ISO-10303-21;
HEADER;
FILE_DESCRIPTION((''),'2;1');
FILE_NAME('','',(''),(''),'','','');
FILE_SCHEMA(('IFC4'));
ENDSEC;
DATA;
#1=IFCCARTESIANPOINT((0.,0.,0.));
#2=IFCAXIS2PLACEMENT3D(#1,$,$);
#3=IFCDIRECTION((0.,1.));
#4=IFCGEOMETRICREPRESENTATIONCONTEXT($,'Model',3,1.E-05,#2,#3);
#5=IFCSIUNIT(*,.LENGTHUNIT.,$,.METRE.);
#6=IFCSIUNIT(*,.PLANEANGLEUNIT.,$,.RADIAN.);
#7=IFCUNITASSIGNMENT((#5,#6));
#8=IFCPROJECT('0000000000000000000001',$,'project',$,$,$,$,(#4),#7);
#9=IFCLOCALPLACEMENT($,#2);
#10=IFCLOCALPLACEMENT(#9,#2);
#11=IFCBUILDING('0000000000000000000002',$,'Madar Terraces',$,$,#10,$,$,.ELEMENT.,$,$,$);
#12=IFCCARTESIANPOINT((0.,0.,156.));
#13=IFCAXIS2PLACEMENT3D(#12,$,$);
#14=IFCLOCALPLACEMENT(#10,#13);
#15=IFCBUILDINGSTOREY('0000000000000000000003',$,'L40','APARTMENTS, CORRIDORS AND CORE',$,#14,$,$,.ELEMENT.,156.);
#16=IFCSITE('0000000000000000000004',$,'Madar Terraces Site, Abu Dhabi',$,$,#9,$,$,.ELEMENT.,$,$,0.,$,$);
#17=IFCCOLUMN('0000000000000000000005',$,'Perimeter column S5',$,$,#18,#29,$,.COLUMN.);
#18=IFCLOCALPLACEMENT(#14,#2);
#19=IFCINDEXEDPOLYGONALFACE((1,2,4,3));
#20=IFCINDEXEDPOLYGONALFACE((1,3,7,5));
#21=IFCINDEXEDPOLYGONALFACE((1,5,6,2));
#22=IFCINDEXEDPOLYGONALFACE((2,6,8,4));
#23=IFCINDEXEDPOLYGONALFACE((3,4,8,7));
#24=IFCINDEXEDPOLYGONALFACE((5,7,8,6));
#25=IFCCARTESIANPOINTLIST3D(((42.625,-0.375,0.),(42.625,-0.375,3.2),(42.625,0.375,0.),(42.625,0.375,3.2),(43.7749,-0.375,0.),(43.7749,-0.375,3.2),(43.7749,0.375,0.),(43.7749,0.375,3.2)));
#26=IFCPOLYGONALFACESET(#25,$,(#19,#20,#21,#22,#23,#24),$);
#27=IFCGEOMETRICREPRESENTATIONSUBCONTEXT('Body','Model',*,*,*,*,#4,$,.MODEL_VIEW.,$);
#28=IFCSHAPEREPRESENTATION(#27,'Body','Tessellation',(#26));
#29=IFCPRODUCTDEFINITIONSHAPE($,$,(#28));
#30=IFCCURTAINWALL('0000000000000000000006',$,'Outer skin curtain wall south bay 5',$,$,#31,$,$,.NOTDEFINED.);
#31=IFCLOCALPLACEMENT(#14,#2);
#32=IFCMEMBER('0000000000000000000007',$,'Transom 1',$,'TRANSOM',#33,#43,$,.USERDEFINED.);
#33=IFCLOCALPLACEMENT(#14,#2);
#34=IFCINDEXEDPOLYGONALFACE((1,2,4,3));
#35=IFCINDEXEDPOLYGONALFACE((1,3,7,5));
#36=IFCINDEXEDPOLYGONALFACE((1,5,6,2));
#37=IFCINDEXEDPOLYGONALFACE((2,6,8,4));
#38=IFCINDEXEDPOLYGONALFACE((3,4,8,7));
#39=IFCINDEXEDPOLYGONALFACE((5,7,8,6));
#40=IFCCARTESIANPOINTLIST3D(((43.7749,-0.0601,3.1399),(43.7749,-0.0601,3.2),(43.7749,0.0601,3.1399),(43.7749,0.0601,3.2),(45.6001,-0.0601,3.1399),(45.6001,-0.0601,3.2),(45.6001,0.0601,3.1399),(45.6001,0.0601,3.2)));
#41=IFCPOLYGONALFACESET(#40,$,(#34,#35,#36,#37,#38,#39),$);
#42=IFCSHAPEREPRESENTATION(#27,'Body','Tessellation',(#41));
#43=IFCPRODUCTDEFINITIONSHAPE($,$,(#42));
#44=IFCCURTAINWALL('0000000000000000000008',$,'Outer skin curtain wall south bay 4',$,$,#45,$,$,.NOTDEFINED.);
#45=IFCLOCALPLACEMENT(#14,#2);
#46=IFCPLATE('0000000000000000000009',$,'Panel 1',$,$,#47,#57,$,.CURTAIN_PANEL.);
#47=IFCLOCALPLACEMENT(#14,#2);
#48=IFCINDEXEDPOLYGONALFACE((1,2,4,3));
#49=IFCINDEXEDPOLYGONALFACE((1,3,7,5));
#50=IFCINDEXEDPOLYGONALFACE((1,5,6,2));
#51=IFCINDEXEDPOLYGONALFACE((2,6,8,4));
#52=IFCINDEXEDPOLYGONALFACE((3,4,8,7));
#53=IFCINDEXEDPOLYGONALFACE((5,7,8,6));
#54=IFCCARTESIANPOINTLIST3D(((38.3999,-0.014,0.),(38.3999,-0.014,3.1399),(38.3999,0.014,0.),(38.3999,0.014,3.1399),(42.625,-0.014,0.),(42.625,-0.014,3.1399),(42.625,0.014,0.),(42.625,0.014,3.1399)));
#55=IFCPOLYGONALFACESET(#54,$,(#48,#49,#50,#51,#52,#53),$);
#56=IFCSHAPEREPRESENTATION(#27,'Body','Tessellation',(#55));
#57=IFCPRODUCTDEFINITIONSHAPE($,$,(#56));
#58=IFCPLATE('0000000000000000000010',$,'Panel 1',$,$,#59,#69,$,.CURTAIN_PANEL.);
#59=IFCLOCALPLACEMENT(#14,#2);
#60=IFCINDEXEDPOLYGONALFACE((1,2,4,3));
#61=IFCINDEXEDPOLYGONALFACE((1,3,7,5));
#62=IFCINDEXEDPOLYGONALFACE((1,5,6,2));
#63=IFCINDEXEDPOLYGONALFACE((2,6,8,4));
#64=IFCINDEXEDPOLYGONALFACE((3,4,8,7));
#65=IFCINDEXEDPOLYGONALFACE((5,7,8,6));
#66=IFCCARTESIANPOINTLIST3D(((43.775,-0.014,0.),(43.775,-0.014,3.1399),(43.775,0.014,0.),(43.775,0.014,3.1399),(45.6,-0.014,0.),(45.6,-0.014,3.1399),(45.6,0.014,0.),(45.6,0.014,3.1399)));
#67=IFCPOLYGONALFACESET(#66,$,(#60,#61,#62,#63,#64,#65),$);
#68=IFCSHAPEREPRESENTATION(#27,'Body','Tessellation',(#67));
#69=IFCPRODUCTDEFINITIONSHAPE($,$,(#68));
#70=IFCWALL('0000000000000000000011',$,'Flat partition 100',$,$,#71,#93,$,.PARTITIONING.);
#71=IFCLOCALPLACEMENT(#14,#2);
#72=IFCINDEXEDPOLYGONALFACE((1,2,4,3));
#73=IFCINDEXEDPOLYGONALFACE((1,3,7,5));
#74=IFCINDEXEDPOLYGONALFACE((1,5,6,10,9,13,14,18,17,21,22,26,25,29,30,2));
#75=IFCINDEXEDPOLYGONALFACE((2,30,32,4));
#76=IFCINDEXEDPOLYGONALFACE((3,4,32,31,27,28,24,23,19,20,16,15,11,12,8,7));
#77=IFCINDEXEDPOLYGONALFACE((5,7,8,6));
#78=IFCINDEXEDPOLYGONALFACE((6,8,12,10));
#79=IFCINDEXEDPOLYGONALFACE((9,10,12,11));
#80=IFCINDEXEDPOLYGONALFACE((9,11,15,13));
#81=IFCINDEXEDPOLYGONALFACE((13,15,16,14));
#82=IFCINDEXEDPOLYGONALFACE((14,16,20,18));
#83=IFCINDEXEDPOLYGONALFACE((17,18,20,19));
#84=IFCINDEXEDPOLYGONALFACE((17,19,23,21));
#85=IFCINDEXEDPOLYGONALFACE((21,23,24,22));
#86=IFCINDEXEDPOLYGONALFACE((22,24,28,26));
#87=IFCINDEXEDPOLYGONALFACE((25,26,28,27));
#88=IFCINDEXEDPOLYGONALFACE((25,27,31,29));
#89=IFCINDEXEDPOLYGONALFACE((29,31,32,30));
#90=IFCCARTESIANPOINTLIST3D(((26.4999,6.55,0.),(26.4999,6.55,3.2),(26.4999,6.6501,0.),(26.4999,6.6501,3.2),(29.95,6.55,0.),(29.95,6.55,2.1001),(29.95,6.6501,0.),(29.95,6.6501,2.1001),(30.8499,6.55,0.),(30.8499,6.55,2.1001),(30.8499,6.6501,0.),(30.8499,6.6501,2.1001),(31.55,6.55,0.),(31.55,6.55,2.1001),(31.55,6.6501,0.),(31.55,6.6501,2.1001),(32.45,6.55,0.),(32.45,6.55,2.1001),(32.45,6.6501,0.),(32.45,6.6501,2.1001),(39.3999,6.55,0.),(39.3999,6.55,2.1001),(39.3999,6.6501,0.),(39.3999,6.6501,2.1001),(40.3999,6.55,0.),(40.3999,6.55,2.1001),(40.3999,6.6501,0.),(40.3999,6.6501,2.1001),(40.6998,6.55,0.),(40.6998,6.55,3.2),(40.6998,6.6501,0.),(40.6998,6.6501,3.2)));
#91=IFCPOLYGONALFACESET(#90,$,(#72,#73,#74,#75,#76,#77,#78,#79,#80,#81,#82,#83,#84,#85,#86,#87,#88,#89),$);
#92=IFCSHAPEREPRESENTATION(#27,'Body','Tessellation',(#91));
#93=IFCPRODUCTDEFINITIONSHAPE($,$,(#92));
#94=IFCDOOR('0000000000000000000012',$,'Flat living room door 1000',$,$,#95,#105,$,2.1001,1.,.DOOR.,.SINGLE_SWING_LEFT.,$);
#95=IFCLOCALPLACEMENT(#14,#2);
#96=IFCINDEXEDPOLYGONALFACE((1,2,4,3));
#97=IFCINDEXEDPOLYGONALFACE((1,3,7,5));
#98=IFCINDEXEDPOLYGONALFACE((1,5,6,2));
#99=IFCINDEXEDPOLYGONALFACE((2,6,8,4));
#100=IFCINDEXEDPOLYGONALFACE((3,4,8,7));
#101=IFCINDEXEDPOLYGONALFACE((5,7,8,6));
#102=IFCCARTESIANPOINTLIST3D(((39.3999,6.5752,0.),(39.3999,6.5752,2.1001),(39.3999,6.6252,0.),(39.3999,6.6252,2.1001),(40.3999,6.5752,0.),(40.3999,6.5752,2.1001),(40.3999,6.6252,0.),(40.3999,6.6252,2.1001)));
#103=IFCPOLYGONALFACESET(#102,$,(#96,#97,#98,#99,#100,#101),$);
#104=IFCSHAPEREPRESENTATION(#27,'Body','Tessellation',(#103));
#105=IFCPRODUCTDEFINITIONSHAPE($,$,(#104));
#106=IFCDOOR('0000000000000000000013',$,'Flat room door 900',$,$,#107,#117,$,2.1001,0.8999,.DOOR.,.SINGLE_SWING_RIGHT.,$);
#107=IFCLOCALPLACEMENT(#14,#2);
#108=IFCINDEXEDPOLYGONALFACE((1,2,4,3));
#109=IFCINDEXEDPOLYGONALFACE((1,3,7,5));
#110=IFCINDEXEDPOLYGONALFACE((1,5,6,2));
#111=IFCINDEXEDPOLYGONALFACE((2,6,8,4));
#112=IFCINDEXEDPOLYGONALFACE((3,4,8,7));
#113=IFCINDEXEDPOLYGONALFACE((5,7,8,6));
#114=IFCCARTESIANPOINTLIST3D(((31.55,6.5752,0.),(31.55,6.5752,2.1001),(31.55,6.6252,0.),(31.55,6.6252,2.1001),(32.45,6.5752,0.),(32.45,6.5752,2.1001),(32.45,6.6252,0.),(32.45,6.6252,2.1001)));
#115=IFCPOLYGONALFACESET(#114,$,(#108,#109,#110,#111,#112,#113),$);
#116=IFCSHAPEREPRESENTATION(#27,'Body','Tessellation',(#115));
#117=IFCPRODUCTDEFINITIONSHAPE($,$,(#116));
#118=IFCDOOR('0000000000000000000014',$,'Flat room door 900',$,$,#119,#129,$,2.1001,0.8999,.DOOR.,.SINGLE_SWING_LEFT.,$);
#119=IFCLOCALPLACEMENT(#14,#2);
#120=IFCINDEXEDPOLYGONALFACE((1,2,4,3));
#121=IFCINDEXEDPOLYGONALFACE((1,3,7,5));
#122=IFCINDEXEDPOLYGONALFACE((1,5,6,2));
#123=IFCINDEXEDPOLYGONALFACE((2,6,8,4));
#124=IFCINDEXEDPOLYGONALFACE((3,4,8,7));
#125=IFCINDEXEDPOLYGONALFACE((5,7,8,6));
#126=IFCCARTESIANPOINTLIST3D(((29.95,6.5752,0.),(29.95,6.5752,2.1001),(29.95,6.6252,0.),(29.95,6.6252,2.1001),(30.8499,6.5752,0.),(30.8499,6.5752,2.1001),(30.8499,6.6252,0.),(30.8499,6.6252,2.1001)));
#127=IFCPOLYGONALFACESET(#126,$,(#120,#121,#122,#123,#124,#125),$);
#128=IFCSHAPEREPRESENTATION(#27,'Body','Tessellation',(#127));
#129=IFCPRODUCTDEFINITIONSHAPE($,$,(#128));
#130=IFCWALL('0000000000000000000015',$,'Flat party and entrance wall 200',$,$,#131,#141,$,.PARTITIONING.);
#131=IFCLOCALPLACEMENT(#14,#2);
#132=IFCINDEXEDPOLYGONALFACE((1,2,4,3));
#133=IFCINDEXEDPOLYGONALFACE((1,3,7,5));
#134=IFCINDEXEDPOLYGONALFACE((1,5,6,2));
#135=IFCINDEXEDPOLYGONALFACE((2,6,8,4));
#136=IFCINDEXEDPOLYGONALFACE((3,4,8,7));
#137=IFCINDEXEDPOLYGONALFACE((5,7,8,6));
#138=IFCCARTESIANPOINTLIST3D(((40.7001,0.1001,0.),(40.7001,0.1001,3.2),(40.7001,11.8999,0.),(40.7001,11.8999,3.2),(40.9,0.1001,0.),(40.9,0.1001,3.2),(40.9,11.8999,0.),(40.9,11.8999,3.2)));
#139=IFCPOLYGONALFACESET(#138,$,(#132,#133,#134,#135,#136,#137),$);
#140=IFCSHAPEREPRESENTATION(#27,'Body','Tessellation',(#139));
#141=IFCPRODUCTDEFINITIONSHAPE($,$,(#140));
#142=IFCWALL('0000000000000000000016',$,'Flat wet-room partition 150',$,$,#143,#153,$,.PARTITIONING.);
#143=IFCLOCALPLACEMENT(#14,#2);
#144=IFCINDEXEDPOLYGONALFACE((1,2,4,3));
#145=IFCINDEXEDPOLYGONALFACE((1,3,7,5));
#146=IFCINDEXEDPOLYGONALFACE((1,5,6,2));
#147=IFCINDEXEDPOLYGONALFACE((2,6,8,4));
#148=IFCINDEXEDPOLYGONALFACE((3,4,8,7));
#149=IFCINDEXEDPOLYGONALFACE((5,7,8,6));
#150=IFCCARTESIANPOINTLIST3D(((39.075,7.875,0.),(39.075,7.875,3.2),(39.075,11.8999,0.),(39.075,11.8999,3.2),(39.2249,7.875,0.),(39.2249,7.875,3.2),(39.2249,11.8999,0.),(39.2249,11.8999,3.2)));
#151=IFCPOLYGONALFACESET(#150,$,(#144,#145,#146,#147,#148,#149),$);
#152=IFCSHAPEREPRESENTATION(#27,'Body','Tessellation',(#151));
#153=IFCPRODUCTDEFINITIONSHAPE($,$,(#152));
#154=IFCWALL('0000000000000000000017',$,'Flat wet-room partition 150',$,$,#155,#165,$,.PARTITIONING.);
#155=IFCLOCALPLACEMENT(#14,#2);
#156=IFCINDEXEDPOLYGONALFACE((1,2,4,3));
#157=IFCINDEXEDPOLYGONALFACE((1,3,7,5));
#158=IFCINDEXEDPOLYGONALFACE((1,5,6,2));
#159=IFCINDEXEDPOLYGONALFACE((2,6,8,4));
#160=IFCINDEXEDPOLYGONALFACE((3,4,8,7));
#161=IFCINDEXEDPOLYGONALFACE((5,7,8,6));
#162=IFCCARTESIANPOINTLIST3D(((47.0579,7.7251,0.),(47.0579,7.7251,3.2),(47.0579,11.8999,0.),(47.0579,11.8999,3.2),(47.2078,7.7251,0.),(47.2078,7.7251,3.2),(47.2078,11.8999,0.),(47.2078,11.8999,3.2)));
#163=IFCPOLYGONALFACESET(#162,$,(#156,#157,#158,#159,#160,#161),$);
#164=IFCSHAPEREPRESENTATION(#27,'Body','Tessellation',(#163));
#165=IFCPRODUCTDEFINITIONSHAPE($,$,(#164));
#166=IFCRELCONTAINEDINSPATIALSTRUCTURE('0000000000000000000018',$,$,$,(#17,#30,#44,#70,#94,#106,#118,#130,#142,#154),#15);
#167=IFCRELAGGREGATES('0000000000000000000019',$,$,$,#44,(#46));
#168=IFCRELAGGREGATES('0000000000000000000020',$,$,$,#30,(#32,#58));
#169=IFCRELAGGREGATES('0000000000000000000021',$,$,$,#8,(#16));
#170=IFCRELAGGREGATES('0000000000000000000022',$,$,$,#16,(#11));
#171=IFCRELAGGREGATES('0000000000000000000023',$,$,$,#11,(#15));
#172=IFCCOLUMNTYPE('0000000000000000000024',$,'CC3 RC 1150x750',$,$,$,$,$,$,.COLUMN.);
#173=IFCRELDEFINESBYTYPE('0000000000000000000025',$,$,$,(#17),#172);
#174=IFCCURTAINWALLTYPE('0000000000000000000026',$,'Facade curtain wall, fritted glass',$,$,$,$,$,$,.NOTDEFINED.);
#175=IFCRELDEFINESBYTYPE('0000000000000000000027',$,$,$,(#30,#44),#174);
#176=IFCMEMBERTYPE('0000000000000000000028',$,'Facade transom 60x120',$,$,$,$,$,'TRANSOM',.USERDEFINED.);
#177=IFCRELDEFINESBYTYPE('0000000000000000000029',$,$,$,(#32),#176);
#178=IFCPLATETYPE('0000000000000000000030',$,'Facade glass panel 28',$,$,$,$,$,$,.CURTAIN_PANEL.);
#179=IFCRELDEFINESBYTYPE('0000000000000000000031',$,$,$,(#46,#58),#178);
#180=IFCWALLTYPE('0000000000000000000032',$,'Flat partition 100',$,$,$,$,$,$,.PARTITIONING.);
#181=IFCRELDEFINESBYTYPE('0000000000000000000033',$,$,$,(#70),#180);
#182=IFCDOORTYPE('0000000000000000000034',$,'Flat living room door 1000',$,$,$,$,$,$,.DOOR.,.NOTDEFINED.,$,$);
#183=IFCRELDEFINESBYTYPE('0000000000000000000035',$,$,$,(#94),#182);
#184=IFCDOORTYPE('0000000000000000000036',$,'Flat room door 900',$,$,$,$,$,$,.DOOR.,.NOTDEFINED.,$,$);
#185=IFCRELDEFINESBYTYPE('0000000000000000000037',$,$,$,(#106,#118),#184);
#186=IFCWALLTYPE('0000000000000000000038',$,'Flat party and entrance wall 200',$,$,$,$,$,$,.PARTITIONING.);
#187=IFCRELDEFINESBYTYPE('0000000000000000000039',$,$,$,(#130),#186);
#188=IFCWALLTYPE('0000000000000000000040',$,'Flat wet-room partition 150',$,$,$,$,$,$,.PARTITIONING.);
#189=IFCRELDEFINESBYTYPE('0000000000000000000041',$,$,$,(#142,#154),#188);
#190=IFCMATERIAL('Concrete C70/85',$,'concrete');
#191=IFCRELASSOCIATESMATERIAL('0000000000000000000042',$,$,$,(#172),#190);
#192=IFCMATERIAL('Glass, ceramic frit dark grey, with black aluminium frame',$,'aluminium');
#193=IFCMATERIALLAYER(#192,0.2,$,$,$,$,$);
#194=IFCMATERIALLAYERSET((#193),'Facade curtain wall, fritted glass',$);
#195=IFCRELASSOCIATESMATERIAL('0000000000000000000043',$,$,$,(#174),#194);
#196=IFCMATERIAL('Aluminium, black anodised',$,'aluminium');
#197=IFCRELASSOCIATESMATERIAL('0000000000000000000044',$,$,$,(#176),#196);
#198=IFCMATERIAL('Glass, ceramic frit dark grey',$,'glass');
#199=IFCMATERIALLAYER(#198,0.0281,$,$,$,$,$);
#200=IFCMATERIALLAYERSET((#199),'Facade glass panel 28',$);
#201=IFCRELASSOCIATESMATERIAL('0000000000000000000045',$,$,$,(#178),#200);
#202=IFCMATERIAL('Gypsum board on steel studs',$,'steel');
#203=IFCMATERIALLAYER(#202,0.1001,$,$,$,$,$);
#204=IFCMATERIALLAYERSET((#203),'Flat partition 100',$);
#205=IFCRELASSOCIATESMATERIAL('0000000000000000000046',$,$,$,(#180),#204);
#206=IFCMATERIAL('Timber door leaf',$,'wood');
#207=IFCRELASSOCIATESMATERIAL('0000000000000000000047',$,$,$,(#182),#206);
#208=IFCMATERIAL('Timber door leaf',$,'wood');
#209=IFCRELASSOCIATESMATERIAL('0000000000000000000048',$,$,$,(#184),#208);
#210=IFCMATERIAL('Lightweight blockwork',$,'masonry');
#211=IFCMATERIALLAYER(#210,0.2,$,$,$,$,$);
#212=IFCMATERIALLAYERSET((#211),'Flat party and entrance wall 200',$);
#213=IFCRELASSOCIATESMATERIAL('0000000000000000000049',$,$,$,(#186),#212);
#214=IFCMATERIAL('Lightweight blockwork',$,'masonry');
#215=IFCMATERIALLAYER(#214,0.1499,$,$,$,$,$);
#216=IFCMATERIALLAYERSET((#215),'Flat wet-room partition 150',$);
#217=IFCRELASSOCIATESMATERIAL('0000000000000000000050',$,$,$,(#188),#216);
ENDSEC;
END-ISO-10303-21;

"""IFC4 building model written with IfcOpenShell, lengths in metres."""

from ifc_helpers import new_model, si_unit, direction, frame, frame_2d, origin, origin_2d, place, context, subcontext, project, spatial, rectangle, extrude, material, layer, layer_set, material_profile, profile_set, type_object, element, fill, aggregate, save


model = new_model("IFC4")

# Units and contexts
model_context = context("Model", 3, precision=1e-05, world=origin(), true_north=direction((0.0, 1.0)))
body_context = subcontext(model_context, "Body", "Model", "MODEL_VIEW")
ifc_project = project(units=[si_unit("LENGTHUNIT", "METRE"), si_unit("PLANEANGLEUNIT", "RADIAN")], contexts=[model_context])

# Site, building, storey
site_placement = place(None, origin())
site = spatial("IfcSite", under=ifc_project, at=site_placement, Name="Madar Terraces Site, Abu Dhabi", CompositionType="ELEMENT", RefElevation=0.0)
building_placement = place(site_placement, origin())
building = spatial("IfcBuilding", under=site, at=building_placement, Name="Madar Terraces", CompositionType="ELEMENT")
storey_placement = place(building_placement, frame((0.0, 0.0, 156.0)))
storey = spatial("IfcBuildingStorey", under=building, at=storey_placement, Name="L40", Description="APARTMENTS, CORRIDORS AND CORE", CompositionType="ELEMENT", Elevation=156.0)

# Column
ifc_material_1 = material(Name="Concrete C70/85", Category="concrete")
ifc_material_profile_1 = material_profile(ifc_material_1, rectangle(XDim=1.1499, YDim=0.75, at=origin_2d()), Name="CC3 RC 1150x750")
ifc_profile_set_1 = profile_set([ifc_material_profile_1], Name="Concrete C70/85")
column_type = type_object("IfcColumnType", Name="CC3 RC 1150x750", PredefinedType="COLUMN", material=ifc_profile_set_1)
column_placement = place(storey_placement, frame((43.2, 0.0, 0.0), z_axis=(0.0, 0.0, 1.0), x_axis=(1.0, 0.0, 0.0)))
element("IfcColumn", 1, at=column_placement, inside=storey, type_object=column_type, Name="Perimeter column S5", PredefinedType="COLUMN", context=body_context, shape_type="SweptSolid", body=[
    extrude(rectangle(XDim=1.1499, YDim=0.75, at=origin_2d()), origin(), (0.0, 0.0, 1.0), 3.2),
])

# Curtain wall, member
ifc_material_2 = material(Name="Glass, ceramic frit dark grey, with black aluminium frame", Category="aluminium")
ifc_layer_1 = layer(ifc_material_2, 0.2)
ifc_layer_set_1 = layer_set([ifc_layer_1], Name="Facade curtain wall, fritted glass")
curtain_wall_type = type_object("IfcCurtainWallType", Name="Facade curtain wall, fritted glass", PredefinedType="NOTDEFINED", material=ifc_layer_set_1)
curtain_wall_1_placement = place(storey_placement, origin())
curtain_wall_1 = element("IfcCurtainWall", 2, at=curtain_wall_1_placement, inside=storey, type_object=curtain_wall_type, Name="Outer skin curtain wall south bay 5", PredefinedType="NOTDEFINED")
ifc_material_3 = material(Name="Aluminium, black anodised", Category="aluminium")
ifc_material_profile_2 = material_profile(ifc_material_3, rectangle(XDim=0.1201, YDim=0.0601, at=origin_2d()), Name="Facade transom 60x120")
ifc_profile_set_2 = profile_set([ifc_material_profile_2], Name="Aluminium, black anodised")
member_type = type_object("IfcMemberType", Name="Facade transom 60x120", ElementType="TRANSOM", PredefinedType="USERDEFINED", material=ifc_profile_set_2)
member_placement = place(storey_placement, frame((43.7749, 0.0, 3.1699), z_axis=(1.0, 0.0, 0.0), x_axis=(0.0, 1.0, 0.0)))
member = element("IfcMember", 3, at=member_placement, type_object=member_type, Name="Transom 1", ObjectType="TRANSOM", PredefinedType="USERDEFINED", context=body_context, shape_type="SweptSolid", body=[
    extrude(rectangle(XDim=0.1201, YDim=0.0601, at=origin_2d()), origin(), (0.0, 0.0, 1.0), 1.8252),
])

# Curtain wall, plate
curtain_wall_2_placement = place(storey_placement, origin())
curtain_wall_2 = element("IfcCurtainWall", 4, at=curtain_wall_2_placement, inside=storey, type_object=curtain_wall_type, Name="Outer skin curtain wall south bay 4", PredefinedType="NOTDEFINED")
ifc_material_4 = material(Name="Glass, ceramic frit dark grey", Category="glass")
ifc_layer_2 = layer(ifc_material_4, 0.0281)
ifc_layer_set_2 = layer_set([ifc_layer_2], Name="Facade glass panel 28")
plate_type = type_object("IfcPlateType", Name="Facade glass panel 28", PredefinedType="CURTAIN_PANEL", material=ifc_layer_set_2)
plate_1_placement = place(storey_placement, frame((40.5125, 0.0, 0.0), z_axis=(0.0, 0.0, 1.0), x_axis=(1.0, 0.0, 0.0)))
plate_1 = element("IfcPlate", 5, at=plate_1_placement, type_object=plate_type, Name="Panel 1", PredefinedType="CURTAIN_PANEL", context=body_context, shape_type="SweptSolid", body=[
    extrude(rectangle(XDim=4.2251, YDim=0.0281, at=origin_2d()), origin(), (0.0, 0.0, 1.0), 3.1399),
])
aggregate(curtain_wall_2, [plate_1])

# Plate
plate_2_placement = place(storey_placement, frame((44.6875, 0.0, 0.0), z_axis=(0.0, 0.0, 1.0), x_axis=(1.0, 0.0, 0.0)))
plate_2 = element("IfcPlate", 6, at=plate_2_placement, type_object=plate_type, Name="Panel 1", PredefinedType="CURTAIN_PANEL", context=body_context, shape_type="SweptSolid", body=[
    extrude(rectangle(XDim=1.825, YDim=0.0281, at=origin_2d()), origin(), (0.0, 0.0, 1.0), 3.1399),
])
aggregate(curtain_wall_1, [member, plate_2])

# Wall, openings, doors
ifc_material_5 = material(Name="Gypsum board on steel studs", Category="steel")
ifc_layer_3 = layer(ifc_material_5, 0.1001)
ifc_layer_set_3 = layer_set([ifc_layer_3], Name="Flat partition 100")
wall_type_1 = type_object("IfcWallType", Name="Flat partition 100", PredefinedType="PARTITIONING", material=ifc_layer_set_3)
wall_1_placement = place(storey_placement, frame((40.7, 6.6001, 0.0), z_axis=(0.0, 0.0, 1.0), x_axis=(-1.0, 0.0, 0.0)))
wall_1 = element("IfcWall", 7, at=wall_1_placement, inside=storey, type_object=wall_type_1, Name="Flat partition 100", PredefinedType="PARTITIONING", context=body_context, shape_type="SweptSolid", body=[
    extrude(rectangle(XDim=14.2, YDim=0.1001, at=frame_2d((7.1001, 0.0))), origin(), (0.0, 0.0, 1.0), 3.2),
])
opening_1_placement = place(wall_1_placement, frame((0.3, 0.0, 0.0)))
opening_1 = element("IfcOpeningElement", 8, at=opening_1_placement, cuts=wall_1, PredefinedType="OPENING", context=body_context, shape_type="SweptSolid", body=[
    extrude(rectangle(XDim=1.0, YDim=2.1001, at=frame_2d((0.5, 1.05))), frame((0.0, 0.0601, 0.0), z_axis=(0.0, -1.0, 0.0), x_axis=(1.0, 0.0, 0.0)), (0.0, 0.0, 1.0), 0.1201),
])
opening_2_placement = place(wall_1_placement, frame((8.25, 0.0, 0.0)))
opening_2 = element("IfcOpeningElement", 9, at=opening_2_placement, cuts=wall_1, PredefinedType="OPENING", context=body_context, shape_type="SweptSolid", body=[
    extrude(rectangle(XDim=0.8999, YDim=2.1001, at=frame_2d((0.45, 1.05))), frame((0.0, 0.0601, 0.0), z_axis=(0.0, -1.0, 0.0), x_axis=(1.0, 0.0, 0.0)), (0.0, 0.0, 1.0), 0.1201),
])
opening_3_placement = place(wall_1_placement, frame((9.8501, 0.0, 0.0)))
opening_3 = element("IfcOpeningElement", 10, at=opening_3_placement, cuts=wall_1, PredefinedType="OPENING", context=body_context, shape_type="SweptSolid", body=[
    extrude(rectangle(XDim=0.8999, YDim=2.1001, at=frame_2d((0.45, 1.05))), frame((0.0, 0.0601, 0.0), z_axis=(0.0, -1.0, 0.0), x_axis=(1.0, 0.0, 0.0)), (0.0, 0.0, 1.0), 0.1201),
])
ifc_material_6 = material(Name="Timber door leaf", Category="wood")
door_type_1 = type_object("IfcDoorType", Name="Flat living room door 1000", OperationType="NOTDEFINED", PredefinedType="DOOR", material=ifc_material_6)
door_1_placement = place(opening_1_placement, origin())
door_1 = element("IfcDoor", 11, at=door_1_placement, inside=storey, type_object=door_type_1, Name="Flat living room door 1000", OperationType="SINGLE_SWING_LEFT", OverallHeight=2.1001, OverallWidth=1.0, PredefinedType="DOOR", context=body_context, shape_type="SweptSolid", body=[
    extrude(rectangle(XDim=1.0, YDim=2.1001, at=frame_2d((0.5, 1.05))), frame((0.0, 0.0249, 0.0), z_axis=(0.0, -1.0, 0.0), x_axis=(1.0, 0.0, 0.0)), (0.0, 0.0, 1.0), 0.05),
])
fill(opening_1, door_1)
ifc_material_7 = material(Name="Timber door leaf", Category="wood")
door_type_2 = type_object("IfcDoorType", Name="Flat room door 900", OperationType="NOTDEFINED", PredefinedType="DOOR", material=ifc_material_7)
door_2_placement = place(opening_2_placement, origin())
door_2 = element("IfcDoor", 12, at=door_2_placement, inside=storey, type_object=door_type_2, Name="Flat room door 900", OperationType="SINGLE_SWING_RIGHT", OverallHeight=2.1001, OverallWidth=0.8999, PredefinedType="DOOR", context=body_context, shape_type="SweptSolid", body=[
    extrude(rectangle(XDim=0.8999, YDim=2.1001, at=frame_2d((0.45, 1.05))), frame((0.0, 0.0249, 0.0), z_axis=(0.0, -1.0, 0.0), x_axis=(1.0, 0.0, 0.0)), (0.0, 0.0, 1.0), 0.05),
])
fill(opening_2, door_2)
door_3_placement = place(opening_3_placement, origin())
door_3 = element("IfcDoor", 13, at=door_3_placement, inside=storey, type_object=door_type_2, Name="Flat room door 900", OperationType="SINGLE_SWING_LEFT", OverallHeight=2.1001, OverallWidth=0.8999, PredefinedType="DOOR", context=body_context, shape_type="SweptSolid", body=[
    extrude(rectangle(XDim=0.8999, YDim=2.1001, at=frame_2d((0.45, 1.05))), frame((0.0, 0.0249, 0.0), z_axis=(0.0, -1.0, 0.0), x_axis=(1.0, 0.0, 0.0)), (0.0, 0.0, 1.0), 0.05),
])
fill(opening_3, door_3)

# Walls
ifc_material_8 = material(Name="Lightweight blockwork", Category="masonry")
ifc_layer_4 = layer(ifc_material_8, 0.2)
ifc_layer_set_4 = layer_set([ifc_layer_4], Name="Flat party and entrance wall 200")
wall_type_2 = type_object("IfcWallType", Name="Flat party and entrance wall 200", PredefinedType="PARTITIONING", material=ifc_layer_set_4)
wall_2_placement = place(storey_placement, frame((40.8, 11.8999, 0.0), z_axis=(0.0, 0.0, 1.0), x_axis=(0.0, -1.0, 0.0)))
element("IfcWall", 14, at=wall_2_placement, inside=storey, type_object=wall_type_2, Name="Flat party and entrance wall 200", PredefinedType="PARTITIONING", context=body_context, shape_type="SweptSolid", body=[
    extrude(rectangle(XDim=11.7998, YDim=0.2, at=frame_2d((5.8999, 0.0))), origin(), (0.0, 0.0, 1.0), 3.2),
])
ifc_material_9 = material(Name="Lightweight blockwork", Category="masonry")
ifc_layer_5 = layer(ifc_material_9, 0.1499)
ifc_layer_set_5 = layer_set([ifc_layer_5], Name="Flat wet-room partition 150")
wall_type_3 = type_object("IfcWallType", Name="Flat wet-room partition 150", PredefinedType="PARTITIONING", material=ifc_layer_set_5)
wall_3_placement = place(storey_placement, frame((39.1499, 11.8999, 0.0), z_axis=(0.0, 0.0, 1.0), x_axis=(0.0, -1.0, 0.0)))
element("IfcWall", 15, at=wall_3_placement, inside=storey, type_object=wall_type_3, Name="Flat wet-room partition 150", PredefinedType="PARTITIONING", context=body_context, shape_type="SweptSolid", body=[
    extrude(rectangle(XDim=4.0249, YDim=0.1499, at=frame_2d((2.0125, 0.0))), origin(), (0.0, 0.0, 1.0), 3.2),
])
wall_4_placement = place(storey_placement, frame((47.1328, 11.8999, 0.0), z_axis=(0.0, 0.0, 1.0), x_axis=(0.0, -1.0, 0.0)))
element("IfcWall", 16, at=wall_4_placement, inside=storey, type_object=wall_type_3, Name="Flat wet-room partition 150", PredefinedType="PARTITIONING", context=body_context, shape_type="SweptSolid", body=[
    extrude(rectangle(XDim=4.1748, YDim=0.1499, at=frame_2d((2.0874, 0.0))), origin(), (0.0, 0.0, 1.0), 3.2),
])

save(model, "model.ifc")
